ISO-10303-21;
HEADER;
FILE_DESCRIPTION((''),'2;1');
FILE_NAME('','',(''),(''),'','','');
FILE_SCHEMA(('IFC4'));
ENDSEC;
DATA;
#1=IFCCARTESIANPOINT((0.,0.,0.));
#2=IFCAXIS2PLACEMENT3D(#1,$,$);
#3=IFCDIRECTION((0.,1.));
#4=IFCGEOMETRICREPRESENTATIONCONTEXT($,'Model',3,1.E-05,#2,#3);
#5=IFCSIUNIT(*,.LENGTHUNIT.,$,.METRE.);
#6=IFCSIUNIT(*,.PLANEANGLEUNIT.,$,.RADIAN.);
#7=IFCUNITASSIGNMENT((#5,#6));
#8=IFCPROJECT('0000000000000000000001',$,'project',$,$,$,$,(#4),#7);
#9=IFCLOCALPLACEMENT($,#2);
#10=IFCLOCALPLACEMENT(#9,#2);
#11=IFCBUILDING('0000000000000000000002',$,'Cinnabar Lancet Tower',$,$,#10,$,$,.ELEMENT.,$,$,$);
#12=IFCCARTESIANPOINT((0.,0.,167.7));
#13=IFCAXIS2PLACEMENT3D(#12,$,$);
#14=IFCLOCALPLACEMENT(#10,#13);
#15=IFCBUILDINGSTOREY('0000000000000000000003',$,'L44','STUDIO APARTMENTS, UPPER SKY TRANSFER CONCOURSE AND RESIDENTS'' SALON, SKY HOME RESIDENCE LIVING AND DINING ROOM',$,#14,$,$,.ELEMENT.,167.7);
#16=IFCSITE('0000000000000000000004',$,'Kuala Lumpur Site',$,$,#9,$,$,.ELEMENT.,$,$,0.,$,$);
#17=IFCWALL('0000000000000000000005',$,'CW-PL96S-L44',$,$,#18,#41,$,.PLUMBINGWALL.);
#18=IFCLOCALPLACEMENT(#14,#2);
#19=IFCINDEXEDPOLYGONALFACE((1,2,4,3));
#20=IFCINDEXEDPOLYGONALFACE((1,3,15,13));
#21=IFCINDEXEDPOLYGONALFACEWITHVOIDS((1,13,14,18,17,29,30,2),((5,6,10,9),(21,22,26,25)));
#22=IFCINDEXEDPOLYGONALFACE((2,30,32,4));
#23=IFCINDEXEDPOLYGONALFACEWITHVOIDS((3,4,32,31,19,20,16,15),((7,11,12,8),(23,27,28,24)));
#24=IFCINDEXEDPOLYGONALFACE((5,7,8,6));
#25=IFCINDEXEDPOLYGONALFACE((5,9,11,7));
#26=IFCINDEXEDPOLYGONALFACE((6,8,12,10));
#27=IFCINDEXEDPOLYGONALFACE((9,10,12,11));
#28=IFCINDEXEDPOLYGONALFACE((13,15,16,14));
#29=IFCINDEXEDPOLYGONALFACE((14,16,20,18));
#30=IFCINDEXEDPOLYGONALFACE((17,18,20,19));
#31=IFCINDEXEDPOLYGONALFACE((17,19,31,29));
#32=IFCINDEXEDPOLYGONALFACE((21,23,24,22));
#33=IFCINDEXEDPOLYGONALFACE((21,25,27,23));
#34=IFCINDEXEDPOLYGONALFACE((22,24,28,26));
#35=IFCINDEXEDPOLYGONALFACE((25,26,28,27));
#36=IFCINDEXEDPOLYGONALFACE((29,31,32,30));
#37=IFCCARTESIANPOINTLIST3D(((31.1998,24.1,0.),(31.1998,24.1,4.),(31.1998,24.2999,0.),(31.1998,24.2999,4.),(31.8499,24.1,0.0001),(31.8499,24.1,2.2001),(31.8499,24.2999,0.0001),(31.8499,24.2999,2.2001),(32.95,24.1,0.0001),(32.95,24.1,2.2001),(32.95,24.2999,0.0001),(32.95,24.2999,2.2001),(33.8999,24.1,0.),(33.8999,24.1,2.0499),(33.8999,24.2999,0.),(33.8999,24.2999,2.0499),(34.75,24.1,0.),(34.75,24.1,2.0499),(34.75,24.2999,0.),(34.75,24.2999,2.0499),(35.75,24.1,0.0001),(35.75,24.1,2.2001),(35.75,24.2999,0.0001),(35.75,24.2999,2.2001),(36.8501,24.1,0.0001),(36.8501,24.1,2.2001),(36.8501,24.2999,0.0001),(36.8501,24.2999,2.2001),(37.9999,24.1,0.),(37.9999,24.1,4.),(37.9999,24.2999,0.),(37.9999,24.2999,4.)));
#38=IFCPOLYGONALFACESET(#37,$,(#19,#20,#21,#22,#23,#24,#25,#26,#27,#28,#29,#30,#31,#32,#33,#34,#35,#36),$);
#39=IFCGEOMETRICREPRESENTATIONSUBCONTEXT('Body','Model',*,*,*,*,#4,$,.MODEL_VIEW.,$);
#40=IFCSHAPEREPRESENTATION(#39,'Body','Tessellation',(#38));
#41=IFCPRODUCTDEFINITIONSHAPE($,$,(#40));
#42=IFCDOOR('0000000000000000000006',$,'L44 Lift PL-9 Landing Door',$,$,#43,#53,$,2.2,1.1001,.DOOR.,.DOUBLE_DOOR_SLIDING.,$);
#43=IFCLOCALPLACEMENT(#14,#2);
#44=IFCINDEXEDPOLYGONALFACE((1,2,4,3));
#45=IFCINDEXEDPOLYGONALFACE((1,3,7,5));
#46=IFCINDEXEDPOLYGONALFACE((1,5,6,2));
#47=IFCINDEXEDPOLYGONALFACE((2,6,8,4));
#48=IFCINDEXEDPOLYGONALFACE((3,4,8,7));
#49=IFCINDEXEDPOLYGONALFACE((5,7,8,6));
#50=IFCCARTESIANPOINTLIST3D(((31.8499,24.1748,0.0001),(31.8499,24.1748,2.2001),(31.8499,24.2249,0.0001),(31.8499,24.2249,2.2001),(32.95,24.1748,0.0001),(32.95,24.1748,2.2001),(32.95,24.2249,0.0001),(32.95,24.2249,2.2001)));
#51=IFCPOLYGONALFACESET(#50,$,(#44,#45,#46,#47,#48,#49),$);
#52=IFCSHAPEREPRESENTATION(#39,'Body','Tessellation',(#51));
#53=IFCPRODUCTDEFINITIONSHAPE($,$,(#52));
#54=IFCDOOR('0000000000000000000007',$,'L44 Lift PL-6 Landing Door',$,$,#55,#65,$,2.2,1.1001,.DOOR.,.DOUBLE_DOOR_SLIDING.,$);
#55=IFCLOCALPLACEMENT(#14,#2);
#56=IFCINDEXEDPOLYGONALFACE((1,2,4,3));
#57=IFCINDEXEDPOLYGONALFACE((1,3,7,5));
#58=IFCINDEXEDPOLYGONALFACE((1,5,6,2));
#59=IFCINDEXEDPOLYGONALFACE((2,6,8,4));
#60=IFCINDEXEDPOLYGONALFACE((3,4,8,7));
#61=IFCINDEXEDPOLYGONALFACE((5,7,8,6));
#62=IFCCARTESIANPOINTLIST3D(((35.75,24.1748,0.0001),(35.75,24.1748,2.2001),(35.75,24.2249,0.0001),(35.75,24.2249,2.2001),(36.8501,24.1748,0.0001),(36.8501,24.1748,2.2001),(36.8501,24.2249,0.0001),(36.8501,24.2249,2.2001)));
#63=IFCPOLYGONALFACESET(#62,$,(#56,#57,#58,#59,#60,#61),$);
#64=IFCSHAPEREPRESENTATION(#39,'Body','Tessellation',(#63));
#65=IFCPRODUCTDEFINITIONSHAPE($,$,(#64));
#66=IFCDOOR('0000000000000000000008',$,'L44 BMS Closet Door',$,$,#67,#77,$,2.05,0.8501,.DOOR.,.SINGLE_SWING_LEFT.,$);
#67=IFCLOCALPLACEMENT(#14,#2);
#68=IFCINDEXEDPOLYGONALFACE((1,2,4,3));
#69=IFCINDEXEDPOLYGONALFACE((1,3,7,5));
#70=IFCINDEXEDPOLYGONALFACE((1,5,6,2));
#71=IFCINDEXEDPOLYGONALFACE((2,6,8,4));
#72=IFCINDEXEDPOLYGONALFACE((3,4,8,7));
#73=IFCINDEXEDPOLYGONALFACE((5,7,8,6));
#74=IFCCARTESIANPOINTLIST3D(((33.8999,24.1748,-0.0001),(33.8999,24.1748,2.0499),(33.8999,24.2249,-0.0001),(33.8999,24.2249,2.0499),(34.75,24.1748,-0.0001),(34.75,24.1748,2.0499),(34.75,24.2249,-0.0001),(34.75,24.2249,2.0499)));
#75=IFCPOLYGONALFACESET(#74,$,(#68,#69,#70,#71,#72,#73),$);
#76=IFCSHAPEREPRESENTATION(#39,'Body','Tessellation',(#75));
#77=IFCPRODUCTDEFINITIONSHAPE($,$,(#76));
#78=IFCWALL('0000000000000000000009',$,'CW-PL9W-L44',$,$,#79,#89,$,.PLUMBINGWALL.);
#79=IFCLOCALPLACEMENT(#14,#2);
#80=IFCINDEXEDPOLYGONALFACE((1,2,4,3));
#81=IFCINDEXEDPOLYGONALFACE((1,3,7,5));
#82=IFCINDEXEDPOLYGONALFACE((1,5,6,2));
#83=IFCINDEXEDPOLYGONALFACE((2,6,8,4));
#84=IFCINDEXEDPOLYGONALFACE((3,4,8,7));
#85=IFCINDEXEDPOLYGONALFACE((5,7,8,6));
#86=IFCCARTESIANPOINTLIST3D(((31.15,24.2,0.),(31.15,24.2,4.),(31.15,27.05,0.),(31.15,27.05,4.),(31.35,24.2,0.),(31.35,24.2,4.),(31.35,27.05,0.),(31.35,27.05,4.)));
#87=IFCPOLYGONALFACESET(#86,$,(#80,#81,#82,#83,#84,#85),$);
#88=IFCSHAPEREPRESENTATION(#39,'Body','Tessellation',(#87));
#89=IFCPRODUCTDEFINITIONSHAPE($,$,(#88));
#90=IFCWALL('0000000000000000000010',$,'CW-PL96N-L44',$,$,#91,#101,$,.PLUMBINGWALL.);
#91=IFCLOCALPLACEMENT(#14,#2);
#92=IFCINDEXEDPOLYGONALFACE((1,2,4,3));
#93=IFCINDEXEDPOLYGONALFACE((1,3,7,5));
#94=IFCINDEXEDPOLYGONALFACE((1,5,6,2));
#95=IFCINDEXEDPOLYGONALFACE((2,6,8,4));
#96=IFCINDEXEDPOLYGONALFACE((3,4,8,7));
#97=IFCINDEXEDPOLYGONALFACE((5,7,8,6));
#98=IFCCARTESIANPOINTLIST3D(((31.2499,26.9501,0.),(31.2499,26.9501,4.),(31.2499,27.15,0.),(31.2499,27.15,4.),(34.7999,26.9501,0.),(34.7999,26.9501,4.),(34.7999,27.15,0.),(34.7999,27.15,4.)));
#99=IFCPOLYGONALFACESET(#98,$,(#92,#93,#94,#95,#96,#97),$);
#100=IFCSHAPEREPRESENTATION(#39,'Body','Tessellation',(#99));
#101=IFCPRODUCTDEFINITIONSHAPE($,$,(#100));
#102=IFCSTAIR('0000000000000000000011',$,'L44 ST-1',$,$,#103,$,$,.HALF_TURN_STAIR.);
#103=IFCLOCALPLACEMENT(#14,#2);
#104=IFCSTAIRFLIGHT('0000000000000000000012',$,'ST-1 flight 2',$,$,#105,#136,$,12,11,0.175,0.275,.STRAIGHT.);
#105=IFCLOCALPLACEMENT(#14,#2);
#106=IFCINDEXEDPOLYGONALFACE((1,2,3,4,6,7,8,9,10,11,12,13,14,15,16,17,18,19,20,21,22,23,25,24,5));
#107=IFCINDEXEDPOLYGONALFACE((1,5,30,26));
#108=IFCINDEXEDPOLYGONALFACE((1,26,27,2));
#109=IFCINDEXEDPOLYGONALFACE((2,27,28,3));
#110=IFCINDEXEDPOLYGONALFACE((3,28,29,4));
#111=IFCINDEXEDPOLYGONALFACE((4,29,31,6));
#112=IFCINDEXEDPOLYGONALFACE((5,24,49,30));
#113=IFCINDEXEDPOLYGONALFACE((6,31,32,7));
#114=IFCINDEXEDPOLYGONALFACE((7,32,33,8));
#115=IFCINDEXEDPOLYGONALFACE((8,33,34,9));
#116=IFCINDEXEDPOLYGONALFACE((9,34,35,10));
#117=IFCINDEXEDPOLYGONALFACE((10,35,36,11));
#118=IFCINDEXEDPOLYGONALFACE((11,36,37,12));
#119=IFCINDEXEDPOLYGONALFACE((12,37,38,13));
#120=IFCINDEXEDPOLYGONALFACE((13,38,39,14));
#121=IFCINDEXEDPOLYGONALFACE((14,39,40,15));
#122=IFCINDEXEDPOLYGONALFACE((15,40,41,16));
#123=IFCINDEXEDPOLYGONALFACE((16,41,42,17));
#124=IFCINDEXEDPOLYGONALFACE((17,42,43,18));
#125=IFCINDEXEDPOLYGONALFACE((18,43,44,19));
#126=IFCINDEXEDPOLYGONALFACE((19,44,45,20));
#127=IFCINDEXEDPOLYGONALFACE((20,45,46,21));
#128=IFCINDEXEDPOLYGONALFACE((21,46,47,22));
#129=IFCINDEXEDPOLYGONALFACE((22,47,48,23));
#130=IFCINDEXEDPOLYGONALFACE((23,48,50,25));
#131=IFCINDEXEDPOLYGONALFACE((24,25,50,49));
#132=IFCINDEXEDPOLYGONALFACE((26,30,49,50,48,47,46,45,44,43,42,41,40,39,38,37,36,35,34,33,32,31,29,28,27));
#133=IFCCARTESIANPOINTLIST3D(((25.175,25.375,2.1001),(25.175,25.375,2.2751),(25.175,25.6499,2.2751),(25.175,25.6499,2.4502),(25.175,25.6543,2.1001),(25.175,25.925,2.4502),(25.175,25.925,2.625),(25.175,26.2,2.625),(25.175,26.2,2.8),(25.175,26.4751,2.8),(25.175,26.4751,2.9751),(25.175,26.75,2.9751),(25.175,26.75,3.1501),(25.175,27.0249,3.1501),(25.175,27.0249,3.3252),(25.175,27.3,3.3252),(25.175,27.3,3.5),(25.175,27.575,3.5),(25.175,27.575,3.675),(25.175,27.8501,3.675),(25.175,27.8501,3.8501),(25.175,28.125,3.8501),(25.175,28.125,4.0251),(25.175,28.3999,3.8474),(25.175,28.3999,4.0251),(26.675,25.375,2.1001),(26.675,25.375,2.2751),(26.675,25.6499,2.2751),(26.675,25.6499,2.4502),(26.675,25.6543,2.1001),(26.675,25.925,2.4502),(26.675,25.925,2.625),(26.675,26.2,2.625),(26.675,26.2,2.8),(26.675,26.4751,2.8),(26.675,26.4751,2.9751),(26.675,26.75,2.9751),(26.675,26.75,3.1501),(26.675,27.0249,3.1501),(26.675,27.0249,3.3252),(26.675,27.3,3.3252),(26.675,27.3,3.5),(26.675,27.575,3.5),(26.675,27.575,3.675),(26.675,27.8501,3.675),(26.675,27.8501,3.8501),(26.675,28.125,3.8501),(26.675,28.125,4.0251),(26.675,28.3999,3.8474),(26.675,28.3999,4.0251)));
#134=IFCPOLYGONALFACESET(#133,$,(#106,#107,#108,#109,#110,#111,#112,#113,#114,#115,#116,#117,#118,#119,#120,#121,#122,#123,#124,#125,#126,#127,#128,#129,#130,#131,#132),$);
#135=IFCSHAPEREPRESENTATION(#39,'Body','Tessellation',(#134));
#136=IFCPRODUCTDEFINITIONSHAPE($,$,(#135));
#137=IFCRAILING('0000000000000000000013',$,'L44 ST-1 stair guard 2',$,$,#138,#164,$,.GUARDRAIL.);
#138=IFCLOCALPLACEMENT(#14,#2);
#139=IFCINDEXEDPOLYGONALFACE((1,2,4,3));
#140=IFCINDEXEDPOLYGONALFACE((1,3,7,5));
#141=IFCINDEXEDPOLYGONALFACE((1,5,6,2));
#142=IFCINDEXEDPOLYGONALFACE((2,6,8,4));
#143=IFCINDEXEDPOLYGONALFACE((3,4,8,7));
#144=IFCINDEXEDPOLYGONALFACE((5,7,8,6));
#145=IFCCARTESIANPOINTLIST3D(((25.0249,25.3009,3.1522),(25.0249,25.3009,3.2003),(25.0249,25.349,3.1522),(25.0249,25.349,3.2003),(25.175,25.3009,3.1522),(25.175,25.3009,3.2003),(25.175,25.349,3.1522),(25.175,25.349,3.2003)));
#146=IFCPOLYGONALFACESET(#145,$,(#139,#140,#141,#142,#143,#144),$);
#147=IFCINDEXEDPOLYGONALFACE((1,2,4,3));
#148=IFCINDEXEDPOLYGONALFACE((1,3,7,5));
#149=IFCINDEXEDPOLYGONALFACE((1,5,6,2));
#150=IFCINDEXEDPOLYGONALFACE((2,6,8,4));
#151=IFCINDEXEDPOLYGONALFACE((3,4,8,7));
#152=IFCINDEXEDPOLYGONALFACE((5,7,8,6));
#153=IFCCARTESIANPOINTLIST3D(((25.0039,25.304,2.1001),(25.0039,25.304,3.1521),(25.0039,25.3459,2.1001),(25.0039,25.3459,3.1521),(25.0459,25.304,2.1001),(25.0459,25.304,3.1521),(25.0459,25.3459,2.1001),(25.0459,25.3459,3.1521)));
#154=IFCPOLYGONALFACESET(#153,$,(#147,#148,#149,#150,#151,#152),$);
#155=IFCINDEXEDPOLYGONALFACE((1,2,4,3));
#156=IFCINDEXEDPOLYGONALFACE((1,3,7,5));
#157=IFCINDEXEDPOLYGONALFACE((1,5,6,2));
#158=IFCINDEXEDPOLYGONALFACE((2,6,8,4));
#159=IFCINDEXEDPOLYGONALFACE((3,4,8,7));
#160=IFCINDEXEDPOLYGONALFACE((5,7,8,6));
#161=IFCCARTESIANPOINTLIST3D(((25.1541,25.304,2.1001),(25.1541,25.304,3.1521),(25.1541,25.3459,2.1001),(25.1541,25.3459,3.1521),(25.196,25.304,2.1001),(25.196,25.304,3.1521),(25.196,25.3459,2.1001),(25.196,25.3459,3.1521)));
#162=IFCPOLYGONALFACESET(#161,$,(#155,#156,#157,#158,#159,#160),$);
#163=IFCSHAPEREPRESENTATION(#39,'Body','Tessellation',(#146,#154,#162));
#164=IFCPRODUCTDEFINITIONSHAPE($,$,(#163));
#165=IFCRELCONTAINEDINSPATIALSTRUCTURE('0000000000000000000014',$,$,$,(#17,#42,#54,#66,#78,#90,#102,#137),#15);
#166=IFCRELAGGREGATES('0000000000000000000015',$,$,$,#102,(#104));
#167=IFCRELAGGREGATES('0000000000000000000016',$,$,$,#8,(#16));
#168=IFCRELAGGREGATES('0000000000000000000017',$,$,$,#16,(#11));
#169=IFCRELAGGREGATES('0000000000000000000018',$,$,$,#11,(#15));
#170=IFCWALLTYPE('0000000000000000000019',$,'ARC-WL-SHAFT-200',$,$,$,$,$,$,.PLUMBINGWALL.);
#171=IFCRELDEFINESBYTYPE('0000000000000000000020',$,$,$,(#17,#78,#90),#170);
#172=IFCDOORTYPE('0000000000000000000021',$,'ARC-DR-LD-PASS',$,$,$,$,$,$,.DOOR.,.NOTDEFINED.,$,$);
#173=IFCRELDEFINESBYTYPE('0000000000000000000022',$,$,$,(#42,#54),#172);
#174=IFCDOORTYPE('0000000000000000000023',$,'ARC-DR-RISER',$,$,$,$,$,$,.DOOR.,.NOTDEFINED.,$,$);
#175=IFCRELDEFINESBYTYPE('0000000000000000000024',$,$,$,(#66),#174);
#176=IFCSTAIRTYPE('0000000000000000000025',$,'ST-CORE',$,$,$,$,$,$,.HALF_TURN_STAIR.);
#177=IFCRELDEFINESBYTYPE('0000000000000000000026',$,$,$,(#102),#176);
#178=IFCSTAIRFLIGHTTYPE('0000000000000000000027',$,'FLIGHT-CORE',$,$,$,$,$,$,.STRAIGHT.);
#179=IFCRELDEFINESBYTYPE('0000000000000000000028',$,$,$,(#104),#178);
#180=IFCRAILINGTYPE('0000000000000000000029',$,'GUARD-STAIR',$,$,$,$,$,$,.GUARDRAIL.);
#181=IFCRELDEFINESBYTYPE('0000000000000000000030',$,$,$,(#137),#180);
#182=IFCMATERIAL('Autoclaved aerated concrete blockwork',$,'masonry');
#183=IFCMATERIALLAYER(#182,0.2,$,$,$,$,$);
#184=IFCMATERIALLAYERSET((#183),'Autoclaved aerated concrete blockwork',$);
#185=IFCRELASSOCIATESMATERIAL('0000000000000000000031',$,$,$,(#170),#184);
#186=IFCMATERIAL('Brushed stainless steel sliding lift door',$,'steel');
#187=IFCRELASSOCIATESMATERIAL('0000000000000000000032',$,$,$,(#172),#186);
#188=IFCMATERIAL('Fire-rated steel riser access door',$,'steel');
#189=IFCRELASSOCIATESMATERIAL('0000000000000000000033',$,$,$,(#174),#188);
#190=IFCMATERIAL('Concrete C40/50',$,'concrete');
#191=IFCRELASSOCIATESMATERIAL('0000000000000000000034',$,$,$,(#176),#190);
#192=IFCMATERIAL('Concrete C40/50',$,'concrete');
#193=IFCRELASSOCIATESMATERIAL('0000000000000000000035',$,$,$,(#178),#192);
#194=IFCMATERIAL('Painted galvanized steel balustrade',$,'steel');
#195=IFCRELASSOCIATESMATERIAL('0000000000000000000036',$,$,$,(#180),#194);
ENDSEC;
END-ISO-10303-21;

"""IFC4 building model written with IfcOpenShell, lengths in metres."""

from ifc_helpers import new_model, si_unit, direction, frame, frame_2d, origin, origin_2d, place, context, subcontext, project, spatial, polyline, rectangle, outline, extrude, material, layer, layer_set, type_object, element, fill, aggregate, save


model = new_model("IFC4")

# Units and contexts
model_context = context("Model", 3, precision=1e-05, world=origin(), true_north=direction((0.0, 1.0)))
body_context = subcontext(model_context, "Body", "Model", "MODEL_VIEW")
ifc_project = project(units=[si_unit("LENGTHUNIT", "METRE"), si_unit("PLANEANGLEUNIT", "RADIAN")], contexts=[model_context])

# Site, building, storey
site_placement = place(None, origin())
site = spatial("IfcSite", under=ifc_project, at=site_placement, Name="Kuala Lumpur Site", CompositionType="ELEMENT", RefElevation=0.0)
building_placement = place(site_placement, origin())
building = spatial("IfcBuilding", under=site, at=building_placement, Name="Cinnabar Lancet Tower", CompositionType="ELEMENT")
storey_placement = place(building_placement, frame((0.0, 0.0, 167.7)))
storey = spatial("IfcBuildingStorey", under=building, at=storey_placement, Name="L44", Description="STUDIO APARTMENTS, UPPER SKY TRANSFER CONCOURSE AND RESIDENTS' SALON, SKY HOME RESIDENCE LIVING AND DINING ROOM", CompositionType="ELEMENT", Elevation=167.7)

# Shared definitions
ifc_material_1 = material(Name="Autoclaved aerated concrete blockwork", Category="masonry")
ifc_layer = layer(ifc_material_1, 0.2)
ifc_layer_set = layer_set([ifc_layer], Name="Autoclaved aerated concrete blockwork")
wall_type = type_object("IfcWallType", Name="ARC-WL-SHAFT-200", PredefinedType="PLUMBINGWALL", material=ifc_layer_set)

# Shared definitions
ifc_material_2 = material(Name="Brushed stainless steel sliding lift door", Category="steel")
door_type_1 = type_object("IfcDoorType", Name="ARC-DR-LD-PASS", OperationType="NOTDEFINED", PredefinedType="DOOR", material=ifc_material_2)

# Wall, openings, doors
wall_1_placement = place(storey_placement, frame((31.2, 24.2, 0.0), z_axis=(0.0, 0.0, 1.0), x_axis=(1.0, 0.0, 0.0)))
wall_1 = element("IfcWall", 1, at=wall_1_placement, inside=storey, type_object=wall_type, Name="CW-PL96S-L44", PredefinedType="PLUMBINGWALL", context=body_context, shape_type="SweptSolid", body=[
    extrude(rectangle(XDim=6.8, YDim=0.2, at=frame_2d((3.3999, 0.0))), origin(), (0.0, 0.0, 1.0), 4.0),
])
opening_1_placement = place(wall_1_placement, frame((0.6499, 0.0, 0.0)))
opening_1 = element("IfcOpeningElement", 2, at=opening_1_placement, cuts=wall_1, PredefinedType="OPENING", context=body_context, shape_type="SweptSolid", body=[
    extrude(rectangle(XDim=1.1001, YDim=2.2, at=frame_2d((0.55, 1.1001))), frame((0.0, 0.1099, 0.0), z_axis=(0.0, -1.0, 0.0), x_axis=(1.0, 0.0, 0.0)), (0.0, 0.0, 1.0), 0.22),
])
opening_2_placement = place(wall_1_placement, frame((2.7, 0.0, 0.0)))
opening_2 = element("IfcOpeningElement", 3, at=opening_2_placement, cuts=wall_1, PredefinedType="OPENING", context=body_context, shape_type="SweptSolid", body=[
    extrude(rectangle(XDim=0.8501, YDim=2.05, at=frame_2d((0.425, 1.0249))), frame((0.0, 0.1099, 0.0), z_axis=(0.0, -1.0, 0.0), x_axis=(1.0, 0.0, 0.0)), (0.0, 0.0, 1.0), 0.22),
])
opening_3_placement = place(wall_1_placement, frame((4.55, 0.0, 0.0)))
opening_3 = element("IfcOpeningElement", 4, at=opening_3_placement, cuts=wall_1, PredefinedType="OPENING", context=body_context, shape_type="SweptSolid", body=[
    extrude(rectangle(XDim=1.1001, YDim=2.2, at=frame_2d((0.55, 1.1001))), frame((0.0, 0.1099, 0.0), z_axis=(0.0, -1.0, 0.0), x_axis=(1.0, 0.0, 0.0)), (0.0, 0.0, 1.0), 0.22),
])
door_1_placement = place(opening_1_placement, origin())
door_1 = element("IfcDoor", 5, at=door_1_placement, inside=storey, type_object=door_type_1, Name="L44 Lift PL-9 Landing Door", OperationType="DOUBLE_DOOR_SLIDING", OverallHeight=2.2, OverallWidth=1.1001, PredefinedType="DOOR", context=body_context, shape_type="SweptSolid", body=[
    extrude(rectangle(XDim=1.1001, YDim=2.2, at=frame_2d((0.55, 1.1001))), frame((0.0, 0.0249, 0.0), z_axis=(0.0, -1.0, 0.0), x_axis=(1.0, 0.0, 0.0)), (0.0, 0.0, 1.0), 0.05),
])
fill(opening_1, door_1)
door_2_placement = place(opening_3_placement, origin())
door_2 = element("IfcDoor", 6, at=door_2_placement, inside=storey, type_object=door_type_1, Name="L44 Lift PL-6 Landing Door", OperationType="DOUBLE_DOOR_SLIDING", OverallHeight=2.2, OverallWidth=1.1001, PredefinedType="DOOR", context=body_context, shape_type="SweptSolid", body=[
    extrude(rectangle(XDim=1.1001, YDim=2.2, at=frame_2d((0.55, 1.1001))), frame((0.0, 0.0249, 0.0), z_axis=(0.0, -1.0, 0.0), x_axis=(1.0, 0.0, 0.0)), (0.0, 0.0, 1.0), 0.05),
])
fill(opening_3, door_2)
ifc_material_3 = material(Name="Fire-rated steel riser access door", Category="steel")
door_type_2 = type_object("IfcDoorType", Name="ARC-DR-RISER", OperationType="NOTDEFINED", PredefinedType="DOOR", material=ifc_material_3)
door_3_placement = place(opening_2_placement, origin())
door_3 = element("IfcDoor", 7, at=door_3_placement, inside=storey, type_object=door_type_2, Name="L44 BMS Closet Door", OperationType="SINGLE_SWING_LEFT", OverallHeight=2.05, OverallWidth=0.8501, PredefinedType="DOOR", context=body_context, shape_type="SweptSolid", body=[
    extrude(rectangle(XDim=0.8501, YDim=2.05, at=frame_2d((0.425, 1.0249))), frame((0.0, 0.0249, 0.0), z_axis=(0.0, -1.0, 0.0), x_axis=(1.0, 0.0, 0.0)), (0.0, 0.0, 1.0), 0.05),
])
fill(opening_2, door_3)

# Walls
wall_2_placement = place(storey_placement, frame((31.25, 24.2, 0.0), z_axis=(0.0, 0.0, 1.0), x_axis=(0.0, 1.0, 0.0)))
element("IfcWall", 8, at=wall_2_placement, inside=storey, type_object=wall_type, Name="CW-PL9W-L44", PredefinedType="PLUMBINGWALL", context=body_context, shape_type="SweptSolid", body=[
    extrude(rectangle(XDim=2.8501, YDim=0.2, at=frame_2d((1.425, 0.0))), origin(), (0.0, 0.0, 1.0), 4.0),
])
wall_3_placement = place(storey_placement, frame((31.25, 27.05, 0.0), z_axis=(0.0, 0.0, 1.0), x_axis=(1.0, 0.0, 0.0)))
element("IfcWall", 9, at=wall_3_placement, inside=storey, type_object=wall_type, Name="CW-PL96N-L44", PredefinedType="PLUMBINGWALL", context=body_context, shape_type="SweptSolid", body=[
    extrude(rectangle(XDim=3.55, YDim=0.2, at=frame_2d((1.7749, 0.0))), origin(), (0.0, 0.0, 1.0), 4.0),
])

# Stair, stair flight
ifc_material_4 = material(Name="Concrete C40/50", Category="concrete")
stair_type = type_object("IfcStairType", Name="ST-CORE", PredefinedType="HALF_TURN_STAIR", material=ifc_material_4)
stair_placement = place(storey_placement, origin())
stair = element("IfcStair", 10, at=stair_placement, inside=storey, type_object=stair_type, Name="L44 ST-1", PredefinedType="HALF_TURN_STAIR")
ifc_material_5 = material(Name="Concrete C40/50", Category="concrete")
stair_flight_type = type_object("IfcStairFlightType", Name="FLIGHT-CORE", PredefinedType="STRAIGHT", material=ifc_material_5)
stair_flight_placement = place(storey_placement, frame((25.925, 25.375, 2.1001), z_axis=(0.0, 0.0, 1.0), x_axis=(0.0, 1.0, 0.0)))
stair_flight = element("IfcStairFlight", 11, at=stair_flight_placement, type_object=stair_flight_type, Name="ST-1 flight 2", NumberOfRisers=12, NumberOfTreads=11, PredefinedType="STRAIGHT", RiserHeight=0.175, TreadLength=0.275, context=body_context, shape_type="SweptSolid", body=[
    extrude(outline(polyline([(0.0, 0.0), (0.0, 0.175), (0.2749, 0.175), (0.2749, 0.3501), (0.55, 0.3501), (0.55, 0.5249), (0.825, 0.5249), (0.825, 0.7), (1.1001, 0.7), (1.1001, 0.875), (1.375, 0.875), (1.375, 1.05), (1.6499, 1.05), (1.6499, 1.2251), (1.925, 1.2251), (1.925, 1.3999), (2.2, 1.3999), (2.2, 1.575), (2.4751, 1.575), (2.4751, 1.75), (2.75, 1.75), (2.75, 1.925), (3.0249, 1.925), (3.0249, 2.1001), (3.0249, 1.7473), (0.2793, 0.0), (0.0, 0.0)])), frame((0.0, 0.75, 0.0), z_axis=(0.0, -1.0, 0.0), x_axis=(1.0, 0.0, 0.0)), (0.0, 0.0, 1.0), 1.5),
])
aggregate(stair, [stair_flight])

# Railing
ifc_material_6 = material(Name="Painted galvanized steel balustrade", Category="steel")
railing_type_1 = type_object("IfcRailingType", Name="GUARD-STAIR", PredefinedType="GUARDRAIL", material=ifc_material_6)
railing_1_placement = place(storey_placement, frame((25.0249, 25.325, 2.1001)))
element("IfcRailing", 12, at=railing_1_placement, inside=storey, type_object=railing_type_1, Name="L44 ST-1 stair guard 2", PredefinedType="GUARDRAIL", context=body_context, shape_type="SweptSolid", body=[
    extrude(rectangle(XDim=0.0481, YDim=0.0481, at=origin_2d()), frame((0.0, 0.0, 1.0762), z_axis=(1.0, 0.0, 0.0), x_axis=(0.0, 1.0, 0.0)), (0.0, 0.0, 1.0), 0.1501),
    extrude(rectangle(XDim=0.042, YDim=0.042, at=origin_2d()), origin(), (0.0, 0.0, 1.0), 1.052),
    extrude(rectangle(XDim=0.042, YDim=0.042, at=origin_2d()), frame((0.1501, 0.0, 0.0)), (0.0, 0.0, 1.0), 1.052),
])

save(model, "model.ifc")
